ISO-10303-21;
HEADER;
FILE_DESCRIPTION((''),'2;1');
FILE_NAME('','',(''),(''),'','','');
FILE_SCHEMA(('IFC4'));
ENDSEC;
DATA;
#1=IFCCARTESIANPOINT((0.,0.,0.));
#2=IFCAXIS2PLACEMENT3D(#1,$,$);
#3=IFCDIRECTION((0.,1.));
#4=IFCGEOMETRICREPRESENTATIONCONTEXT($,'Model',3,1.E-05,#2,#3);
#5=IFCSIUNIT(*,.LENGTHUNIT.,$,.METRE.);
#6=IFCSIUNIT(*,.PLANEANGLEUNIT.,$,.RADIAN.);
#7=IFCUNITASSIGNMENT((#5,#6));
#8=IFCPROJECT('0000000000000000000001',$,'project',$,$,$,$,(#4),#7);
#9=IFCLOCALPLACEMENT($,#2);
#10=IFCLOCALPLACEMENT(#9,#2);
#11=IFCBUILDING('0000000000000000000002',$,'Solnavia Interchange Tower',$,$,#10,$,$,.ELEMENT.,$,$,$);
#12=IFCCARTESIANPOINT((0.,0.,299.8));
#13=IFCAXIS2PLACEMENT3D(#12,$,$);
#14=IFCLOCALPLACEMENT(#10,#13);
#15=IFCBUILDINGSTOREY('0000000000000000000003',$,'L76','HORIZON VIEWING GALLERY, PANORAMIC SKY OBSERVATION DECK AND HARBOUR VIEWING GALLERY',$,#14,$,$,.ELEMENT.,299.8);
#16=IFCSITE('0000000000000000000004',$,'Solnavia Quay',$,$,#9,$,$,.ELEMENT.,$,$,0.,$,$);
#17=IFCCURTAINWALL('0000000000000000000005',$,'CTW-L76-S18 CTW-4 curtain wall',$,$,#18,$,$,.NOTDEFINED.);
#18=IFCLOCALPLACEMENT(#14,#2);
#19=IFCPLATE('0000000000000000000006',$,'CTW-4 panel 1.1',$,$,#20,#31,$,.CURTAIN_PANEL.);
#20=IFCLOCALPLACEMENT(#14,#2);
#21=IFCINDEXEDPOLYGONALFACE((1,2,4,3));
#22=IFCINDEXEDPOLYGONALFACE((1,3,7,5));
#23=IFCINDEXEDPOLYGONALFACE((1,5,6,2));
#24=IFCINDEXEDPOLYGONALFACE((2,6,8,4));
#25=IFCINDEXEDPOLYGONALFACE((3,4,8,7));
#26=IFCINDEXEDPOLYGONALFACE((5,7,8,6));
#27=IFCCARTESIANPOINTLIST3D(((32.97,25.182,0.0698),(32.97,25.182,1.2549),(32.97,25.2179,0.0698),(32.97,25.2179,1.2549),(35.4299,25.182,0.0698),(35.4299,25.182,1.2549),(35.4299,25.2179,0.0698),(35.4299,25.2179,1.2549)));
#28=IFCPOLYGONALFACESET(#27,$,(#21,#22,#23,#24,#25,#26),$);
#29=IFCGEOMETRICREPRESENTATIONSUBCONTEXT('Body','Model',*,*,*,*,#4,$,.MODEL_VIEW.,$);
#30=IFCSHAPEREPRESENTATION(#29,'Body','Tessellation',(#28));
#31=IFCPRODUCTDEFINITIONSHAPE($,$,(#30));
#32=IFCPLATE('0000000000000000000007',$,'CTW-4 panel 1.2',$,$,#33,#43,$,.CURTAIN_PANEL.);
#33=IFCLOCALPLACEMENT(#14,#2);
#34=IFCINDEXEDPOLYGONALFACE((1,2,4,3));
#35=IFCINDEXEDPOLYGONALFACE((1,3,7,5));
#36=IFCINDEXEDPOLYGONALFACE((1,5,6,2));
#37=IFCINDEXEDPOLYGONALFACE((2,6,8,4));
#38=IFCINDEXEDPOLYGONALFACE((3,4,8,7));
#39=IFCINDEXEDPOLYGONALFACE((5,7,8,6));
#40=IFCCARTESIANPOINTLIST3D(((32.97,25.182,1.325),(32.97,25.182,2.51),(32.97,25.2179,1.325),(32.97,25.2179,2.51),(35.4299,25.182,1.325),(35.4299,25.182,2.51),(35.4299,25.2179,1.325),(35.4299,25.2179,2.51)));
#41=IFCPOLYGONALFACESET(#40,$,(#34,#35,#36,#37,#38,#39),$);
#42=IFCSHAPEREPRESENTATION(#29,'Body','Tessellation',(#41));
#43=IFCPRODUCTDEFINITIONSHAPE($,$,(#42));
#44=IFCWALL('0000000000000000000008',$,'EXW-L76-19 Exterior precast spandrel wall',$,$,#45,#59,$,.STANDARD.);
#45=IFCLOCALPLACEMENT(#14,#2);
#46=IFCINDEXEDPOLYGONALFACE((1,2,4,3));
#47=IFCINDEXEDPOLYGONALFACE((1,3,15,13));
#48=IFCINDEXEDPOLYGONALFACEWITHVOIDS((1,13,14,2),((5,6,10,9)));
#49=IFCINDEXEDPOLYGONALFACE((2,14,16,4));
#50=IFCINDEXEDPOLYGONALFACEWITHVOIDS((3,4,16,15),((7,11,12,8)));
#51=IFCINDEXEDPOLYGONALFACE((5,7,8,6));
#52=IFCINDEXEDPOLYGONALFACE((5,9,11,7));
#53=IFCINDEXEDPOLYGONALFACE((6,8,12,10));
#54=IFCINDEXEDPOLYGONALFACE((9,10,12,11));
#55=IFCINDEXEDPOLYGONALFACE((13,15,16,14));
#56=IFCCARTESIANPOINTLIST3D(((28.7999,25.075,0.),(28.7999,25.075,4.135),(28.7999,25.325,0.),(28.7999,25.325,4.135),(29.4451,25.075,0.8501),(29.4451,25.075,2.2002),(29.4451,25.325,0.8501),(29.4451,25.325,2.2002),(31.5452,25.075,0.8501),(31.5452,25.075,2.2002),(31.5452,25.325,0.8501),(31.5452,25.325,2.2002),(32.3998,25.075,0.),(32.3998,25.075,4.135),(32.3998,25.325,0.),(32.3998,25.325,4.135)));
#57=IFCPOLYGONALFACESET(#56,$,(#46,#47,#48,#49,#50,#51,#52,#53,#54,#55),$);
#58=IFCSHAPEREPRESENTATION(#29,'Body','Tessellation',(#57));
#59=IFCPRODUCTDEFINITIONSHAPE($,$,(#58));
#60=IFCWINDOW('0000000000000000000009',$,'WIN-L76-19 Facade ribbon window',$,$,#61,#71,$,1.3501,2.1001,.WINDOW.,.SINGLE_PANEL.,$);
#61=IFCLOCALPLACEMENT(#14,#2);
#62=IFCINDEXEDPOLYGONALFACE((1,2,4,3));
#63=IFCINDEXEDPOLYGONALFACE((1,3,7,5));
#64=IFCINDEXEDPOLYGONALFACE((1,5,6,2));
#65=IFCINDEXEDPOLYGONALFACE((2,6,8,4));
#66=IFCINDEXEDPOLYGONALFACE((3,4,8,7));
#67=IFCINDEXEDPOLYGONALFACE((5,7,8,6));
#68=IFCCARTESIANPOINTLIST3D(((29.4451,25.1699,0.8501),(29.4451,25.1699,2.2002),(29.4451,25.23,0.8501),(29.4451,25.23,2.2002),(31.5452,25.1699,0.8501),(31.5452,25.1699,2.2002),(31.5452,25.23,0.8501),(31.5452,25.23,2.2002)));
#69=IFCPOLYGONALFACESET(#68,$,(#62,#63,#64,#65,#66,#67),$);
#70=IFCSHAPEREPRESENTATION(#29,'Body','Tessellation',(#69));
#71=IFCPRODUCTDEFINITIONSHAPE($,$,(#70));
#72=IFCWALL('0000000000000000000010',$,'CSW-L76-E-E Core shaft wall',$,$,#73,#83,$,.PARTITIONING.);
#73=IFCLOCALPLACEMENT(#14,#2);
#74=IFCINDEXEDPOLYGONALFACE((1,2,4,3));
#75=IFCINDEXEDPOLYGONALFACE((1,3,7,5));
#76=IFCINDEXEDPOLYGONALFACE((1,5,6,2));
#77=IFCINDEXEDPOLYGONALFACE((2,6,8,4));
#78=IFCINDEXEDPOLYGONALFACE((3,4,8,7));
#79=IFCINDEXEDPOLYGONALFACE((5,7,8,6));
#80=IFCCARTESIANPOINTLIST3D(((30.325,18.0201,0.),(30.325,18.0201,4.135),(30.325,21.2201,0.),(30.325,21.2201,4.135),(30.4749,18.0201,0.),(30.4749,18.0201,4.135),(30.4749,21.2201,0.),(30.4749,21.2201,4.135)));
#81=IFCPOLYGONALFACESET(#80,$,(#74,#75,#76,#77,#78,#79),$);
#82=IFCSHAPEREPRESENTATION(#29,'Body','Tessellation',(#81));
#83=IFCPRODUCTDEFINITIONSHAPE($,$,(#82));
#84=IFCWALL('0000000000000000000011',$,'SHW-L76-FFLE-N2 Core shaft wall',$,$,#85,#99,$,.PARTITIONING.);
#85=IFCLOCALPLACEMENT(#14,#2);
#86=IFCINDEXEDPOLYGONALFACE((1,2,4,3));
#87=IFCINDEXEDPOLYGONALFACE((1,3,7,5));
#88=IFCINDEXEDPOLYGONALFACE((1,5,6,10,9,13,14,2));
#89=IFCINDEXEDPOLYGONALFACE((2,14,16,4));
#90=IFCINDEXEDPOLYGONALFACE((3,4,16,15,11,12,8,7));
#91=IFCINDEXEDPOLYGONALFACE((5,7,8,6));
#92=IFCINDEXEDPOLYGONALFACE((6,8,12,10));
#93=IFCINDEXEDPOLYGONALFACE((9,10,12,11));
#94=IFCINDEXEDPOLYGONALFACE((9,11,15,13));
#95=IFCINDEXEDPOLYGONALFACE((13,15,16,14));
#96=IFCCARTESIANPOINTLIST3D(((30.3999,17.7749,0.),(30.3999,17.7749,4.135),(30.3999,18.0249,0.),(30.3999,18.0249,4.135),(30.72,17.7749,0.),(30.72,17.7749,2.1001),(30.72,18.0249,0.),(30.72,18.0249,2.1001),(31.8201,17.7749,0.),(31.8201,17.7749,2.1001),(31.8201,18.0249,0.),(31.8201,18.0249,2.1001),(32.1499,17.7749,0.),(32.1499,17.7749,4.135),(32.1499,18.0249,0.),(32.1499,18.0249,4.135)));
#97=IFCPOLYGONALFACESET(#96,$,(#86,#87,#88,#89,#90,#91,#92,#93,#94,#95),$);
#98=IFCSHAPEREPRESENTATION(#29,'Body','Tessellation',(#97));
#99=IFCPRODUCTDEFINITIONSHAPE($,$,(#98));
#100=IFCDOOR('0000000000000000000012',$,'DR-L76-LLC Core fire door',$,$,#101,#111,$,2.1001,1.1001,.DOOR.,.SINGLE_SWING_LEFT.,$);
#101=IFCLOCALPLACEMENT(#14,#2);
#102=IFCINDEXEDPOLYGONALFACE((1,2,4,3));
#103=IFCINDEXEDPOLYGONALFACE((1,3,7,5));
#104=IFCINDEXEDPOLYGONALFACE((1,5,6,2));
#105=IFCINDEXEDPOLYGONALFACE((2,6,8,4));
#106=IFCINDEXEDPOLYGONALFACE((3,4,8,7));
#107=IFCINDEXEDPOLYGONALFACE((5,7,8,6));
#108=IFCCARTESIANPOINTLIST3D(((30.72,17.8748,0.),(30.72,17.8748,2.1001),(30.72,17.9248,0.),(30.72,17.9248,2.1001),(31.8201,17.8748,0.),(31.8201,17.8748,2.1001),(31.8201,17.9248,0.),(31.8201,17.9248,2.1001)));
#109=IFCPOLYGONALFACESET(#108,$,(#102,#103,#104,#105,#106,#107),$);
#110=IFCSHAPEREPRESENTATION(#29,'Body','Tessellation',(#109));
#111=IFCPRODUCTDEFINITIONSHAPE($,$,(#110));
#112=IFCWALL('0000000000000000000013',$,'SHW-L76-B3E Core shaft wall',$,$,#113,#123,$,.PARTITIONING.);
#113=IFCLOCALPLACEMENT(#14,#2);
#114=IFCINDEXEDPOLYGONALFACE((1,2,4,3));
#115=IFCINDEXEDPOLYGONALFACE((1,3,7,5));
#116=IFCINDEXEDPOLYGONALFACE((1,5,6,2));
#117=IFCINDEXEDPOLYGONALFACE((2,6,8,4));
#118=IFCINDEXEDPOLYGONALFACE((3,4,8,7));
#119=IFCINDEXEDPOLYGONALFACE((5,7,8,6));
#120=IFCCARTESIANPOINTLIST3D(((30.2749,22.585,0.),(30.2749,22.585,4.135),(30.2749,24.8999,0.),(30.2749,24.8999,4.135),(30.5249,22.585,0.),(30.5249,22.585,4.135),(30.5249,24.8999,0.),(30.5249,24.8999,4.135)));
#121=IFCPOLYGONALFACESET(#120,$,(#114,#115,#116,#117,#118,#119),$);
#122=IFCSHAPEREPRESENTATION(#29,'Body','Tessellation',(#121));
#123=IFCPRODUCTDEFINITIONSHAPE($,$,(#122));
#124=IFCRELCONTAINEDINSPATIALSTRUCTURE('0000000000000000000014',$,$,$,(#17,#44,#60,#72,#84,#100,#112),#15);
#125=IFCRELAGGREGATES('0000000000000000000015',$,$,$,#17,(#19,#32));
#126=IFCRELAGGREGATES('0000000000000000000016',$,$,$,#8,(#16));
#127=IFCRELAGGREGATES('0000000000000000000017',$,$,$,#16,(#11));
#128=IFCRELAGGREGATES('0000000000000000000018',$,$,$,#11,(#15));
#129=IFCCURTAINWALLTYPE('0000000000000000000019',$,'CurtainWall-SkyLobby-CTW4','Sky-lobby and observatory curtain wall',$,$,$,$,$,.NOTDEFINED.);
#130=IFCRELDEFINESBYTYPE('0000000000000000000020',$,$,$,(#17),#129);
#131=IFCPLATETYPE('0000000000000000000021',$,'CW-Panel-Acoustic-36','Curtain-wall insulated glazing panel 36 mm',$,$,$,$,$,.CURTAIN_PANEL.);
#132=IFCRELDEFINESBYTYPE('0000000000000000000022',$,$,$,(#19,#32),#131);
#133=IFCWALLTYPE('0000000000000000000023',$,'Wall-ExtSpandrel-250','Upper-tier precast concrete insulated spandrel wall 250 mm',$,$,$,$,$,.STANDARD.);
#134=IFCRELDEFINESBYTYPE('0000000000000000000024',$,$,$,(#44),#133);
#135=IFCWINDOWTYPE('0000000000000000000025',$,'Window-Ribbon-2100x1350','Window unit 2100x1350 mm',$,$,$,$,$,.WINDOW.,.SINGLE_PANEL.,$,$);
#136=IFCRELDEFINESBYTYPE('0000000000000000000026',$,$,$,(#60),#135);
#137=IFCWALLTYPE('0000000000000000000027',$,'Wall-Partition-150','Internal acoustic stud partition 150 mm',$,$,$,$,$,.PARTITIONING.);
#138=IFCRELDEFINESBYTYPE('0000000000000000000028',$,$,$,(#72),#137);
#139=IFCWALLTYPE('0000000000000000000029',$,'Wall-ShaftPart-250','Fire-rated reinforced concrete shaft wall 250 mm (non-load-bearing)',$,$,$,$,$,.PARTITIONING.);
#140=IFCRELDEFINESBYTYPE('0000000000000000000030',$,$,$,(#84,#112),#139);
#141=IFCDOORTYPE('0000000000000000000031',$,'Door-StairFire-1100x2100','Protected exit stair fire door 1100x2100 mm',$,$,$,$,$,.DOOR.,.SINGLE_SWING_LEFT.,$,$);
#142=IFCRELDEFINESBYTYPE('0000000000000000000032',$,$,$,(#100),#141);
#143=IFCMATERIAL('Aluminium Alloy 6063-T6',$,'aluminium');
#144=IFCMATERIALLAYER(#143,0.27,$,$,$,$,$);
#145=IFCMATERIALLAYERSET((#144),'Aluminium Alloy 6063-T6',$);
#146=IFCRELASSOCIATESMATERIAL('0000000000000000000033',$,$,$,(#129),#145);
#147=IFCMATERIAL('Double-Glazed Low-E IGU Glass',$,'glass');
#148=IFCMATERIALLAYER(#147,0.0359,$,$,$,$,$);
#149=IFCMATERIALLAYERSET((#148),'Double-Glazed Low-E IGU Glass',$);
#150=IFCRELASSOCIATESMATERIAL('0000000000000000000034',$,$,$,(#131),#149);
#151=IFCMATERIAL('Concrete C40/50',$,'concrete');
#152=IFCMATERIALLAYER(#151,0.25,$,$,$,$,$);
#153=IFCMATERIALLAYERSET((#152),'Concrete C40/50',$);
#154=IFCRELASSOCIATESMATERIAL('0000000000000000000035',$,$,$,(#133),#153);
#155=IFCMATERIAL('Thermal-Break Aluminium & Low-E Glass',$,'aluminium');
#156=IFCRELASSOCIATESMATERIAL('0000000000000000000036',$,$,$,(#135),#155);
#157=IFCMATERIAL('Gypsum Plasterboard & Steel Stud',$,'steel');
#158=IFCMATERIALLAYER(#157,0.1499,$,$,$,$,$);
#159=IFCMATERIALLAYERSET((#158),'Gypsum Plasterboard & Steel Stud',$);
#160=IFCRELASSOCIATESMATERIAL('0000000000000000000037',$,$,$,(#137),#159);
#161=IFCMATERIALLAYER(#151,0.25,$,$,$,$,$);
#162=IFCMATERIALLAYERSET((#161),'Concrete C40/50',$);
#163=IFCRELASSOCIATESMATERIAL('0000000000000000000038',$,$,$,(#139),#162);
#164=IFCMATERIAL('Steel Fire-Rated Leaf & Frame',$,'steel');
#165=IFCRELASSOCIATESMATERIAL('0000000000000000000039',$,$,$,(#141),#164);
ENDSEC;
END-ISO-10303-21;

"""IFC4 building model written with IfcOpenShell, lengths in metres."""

from ifc_helpers import new_model, si_unit, direction, frame, frame_2d, origin, origin_2d, place, context, subcontext, project, spatial, rectangle, extrude, material, layer, layer_set, type_object, element, fill, aggregate, save


model = new_model("IFC4")

# Units and contexts
model_context = context("Model", 3, precision=1e-05, world=origin(), true_north=direction((0.0, 1.0)))
body_context = subcontext(model_context, "Body", "Model", "MODEL_VIEW")
ifc_project = project(units=[si_unit("LENGTHUNIT", "METRE"), si_unit("PLANEANGLEUNIT", "RADIAN")], contexts=[model_context])

# Site, building, storey
site_placement = place(None, origin())
site = spatial("IfcSite", under=ifc_project, at=site_placement, Name="Solnavia Quay", CompositionType="ELEMENT", RefElevation=0.0)
building_placement = place(site_placement, origin())
building = spatial("IfcBuilding", under=site, at=building_placement, Name="Solnavia Interchange Tower", CompositionType="ELEMENT")
storey_placement = place(building_placement, frame((0.0, 0.0, 299.8)))
storey = spatial("IfcBuildingStorey", under=building, at=storey_placement, Name="L76", Description="HORIZON VIEWING GALLERY, PANORAMIC SKY OBSERVATION DECK AND HARBOUR VIEWING GALLERY", CompositionType="ELEMENT", Elevation=299.8)

# Curtain wall
ifc_material_1 = material(Name="Aluminium Alloy 6063-T6", Category="aluminium")
ifc_layer_1 = layer(ifc_material_1, 0.27)
ifc_layer_set_1 = layer_set([ifc_layer_1], Name="Aluminium Alloy 6063-T6")
curtain_wall_type = type_object("IfcCurtainWallType", Name="CurtainWall-SkyLobby-CTW4", Description="Sky-lobby and observatory curtain wall", PredefinedType="NOTDEFINED", material=ifc_layer_set_1)
curtain_wall_1_placement = place(storey_placement, origin())
curtain_wall_1 = element("IfcCurtainWall", 1, at=curtain_wall_1_placement, inside=storey, type_object=curtain_wall_type, Name="CTW-L76-S18 CTW-4 curtain wall", PredefinedType="NOTDEFINED")

# Plates
ifc_material_2 = material(Name="Double-Glazed Low-E IGU Glass", Category="glass")
ifc_layer_2 = layer(ifc_material_2, 0.0359)
ifc_layer_set_2 = layer_set([ifc_layer_2], Name="Double-Glazed Low-E IGU Glass")
plate_type = type_object("IfcPlateType", Name="CW-Panel-Acoustic-36", Description="Curtain-wall insulated glazing panel 36 mm", PredefinedType="CURTAIN_PANEL", material=ifc_layer_set_2)
plate_1_placement = place(storey_placement, frame((34.2, 25.2, 0.0698), z_axis=(0.0, 0.0, 1.0), x_axis=(-1.0, 0.0, 0.0)))
plate_1 = element("IfcPlate", 2, at=plate_1_placement, type_object=plate_type, Name="CTW-4 panel 1.1", PredefinedType="CURTAIN_PANEL", context=body_context, shape_type="SweptSolid", body=[
    extrude(rectangle(XDim=2.46, YDim=0.0359, at=origin_2d()), origin(), (0.0, 0.0, 1.0), 1.1851),
])
plate_2_placement = place(storey_placement, frame((34.2, 25.2, 1.325), z_axis=(0.0, 0.0, 1.0), x_axis=(-1.0, 0.0, 0.0)))
plate_2 = element("IfcPlate", 3, at=plate_2_placement, type_object=plate_type, Name="CTW-4 panel 1.2", PredefinedType="CURTAIN_PANEL", context=body_context, shape_type="SweptSolid", body=[
    extrude(rectangle(XDim=2.46, YDim=0.0359, at=origin_2d()), origin(), (0.0, 0.0, 1.0), 1.1851),
])
aggregate(curtain_wall_1, [plate_1, plate_2])

# Wall, opening, window
ifc_material_3 = material(Name="Concrete C40/50", Category="concrete")
ifc_layer_3 = layer(ifc_material_3, 0.25)
ifc_layer_set_3 = layer_set([ifc_layer_3], Name="Concrete C40/50")
wall_type_1 = type_object("IfcWallType", Name="Wall-ExtSpandrel-250", Description="Upper-tier precast concrete insulated spandrel wall 250 mm", PredefinedType="STANDARD", material=ifc_layer_set_3)
wall_1_placement = place(storey_placement, frame((28.8, 25.2, 0.0), z_axis=(0.0, 0.0, 1.0), x_axis=(1.0, 0.0, 0.0)))
wall_1 = element("IfcWall", 4, at=wall_1_placement, inside=storey, type_object=wall_type_1, Name="EXW-L76-19 Exterior precast spandrel wall", PredefinedType="STANDARD", context=body_context, shape_type="SweptSolid", body=[
    extrude(rectangle(XDim=3.5999, YDim=0.25, at=frame_2d((1.7998, 0.0))), origin(), (0.0, 0.0, 1.0), 4.135),
])
opening_1_placement = place(wall_1_placement, frame((0.645, 0.0, 0.8501)))
opening_1 = element("IfcOpeningElement", 5, at=opening_1_placement, cuts=wall_1, PredefinedType="OPENING", context=body_context, shape_type="SweptSolid", body=[
    extrude(rectangle(XDim=2.1001, YDim=1.3501, at=frame_2d((1.05, 0.675))), frame((0.0, 0.135, 0.0), z_axis=(0.0, -1.0, 0.0), x_axis=(1.0, 0.0, 0.0)), (0.0, 0.0, 1.0), 0.27),
])
ifc_material_4 = material(Name="Thermal-Break Aluminium & Low-E Glass", Category="aluminium")
window_type = type_object("IfcWindowType", Name="Window-Ribbon-2100x1350", Description="Window unit 2100x1350 mm", PartitioningType="SINGLE_PANEL", PredefinedType="WINDOW", material=ifc_material_4)
window_placement = place(opening_1_placement, origin())
window = element("IfcWindow", 6, at=window_placement, inside=storey, type_object=window_type, Name="WIN-L76-19 Facade ribbon window", OverallHeight=1.3501, OverallWidth=2.1001, PartitioningType="SINGLE_PANEL", PredefinedType="WINDOW", context=body_context, shape_type="SweptSolid", body=[
    extrude(rectangle(XDim=2.1001, YDim=1.3501, at=frame_2d((1.05, 0.675))), frame((0.0, 0.03, 0.0), z_axis=(0.0, -1.0, 0.0), x_axis=(1.0, 0.0, 0.0)), (0.0, 0.0, 1.0), 0.0601),
])
fill(opening_1, window)

# Wall
ifc_material_5 = material(Name="Gypsum Plasterboard & Steel Stud", Category="steel")
ifc_layer_4 = layer(ifc_material_5, 0.1499)
ifc_layer_set_4 = layer_set([ifc_layer_4], Name="Gypsum Plasterboard & Steel Stud")
wall_type_2 = type_object("IfcWallType", Name="Wall-Partition-150", Description="Internal acoustic stud partition 150 mm", PredefinedType="PARTITIONING", material=ifc_layer_set_4)
wall_2_placement = place(storey_placement, frame((30.3999, 18.02, 0.0), z_axis=(0.0, 0.0, 1.0), x_axis=(0.0, 1.0, 0.0)))
element("IfcWall", 7, at=wall_2_placement, inside=storey, type_object=wall_type_2, Name="CSW-L76-E-E Core shaft wall", PredefinedType="PARTITIONING", context=body_context, shape_type="SweptSolid", body=[
    extrude(rectangle(XDim=3.2, YDim=0.1499, at=frame_2d((1.6001, 0.0))), origin(), (0.0, 0.0, 1.0), 4.135),
])

# Wall, opening, door
ifc_layer_5 = layer(ifc_material_3, 0.25)
ifc_layer_set_5 = layer_set([ifc_layer_5], Name="Concrete C40/50")
wall_type_3 = type_object("IfcWallType", Name="Wall-ShaftPart-250", Description="Fire-rated reinforced concrete shaft wall 250 mm (non-load-bearing)", PredefinedType="PARTITIONING", material=ifc_layer_set_5)
wall_3_placement = place(storey_placement, frame((30.3999, 17.8999, 0.0), z_axis=(0.0, 0.0, 1.0), x_axis=(1.0, 0.0, 0.0)))
wall_3 = element("IfcWall", 8, at=wall_3_placement, inside=storey, type_object=wall_type_3, Name="SHW-L76-FFLE-N2 Core shaft wall", PredefinedType="PARTITIONING", context=body_context, shape_type="SweptSolid", body=[
    extrude(rectangle(XDim=1.75, YDim=0.25, at=frame_2d((0.875, 0.0))), origin(), (0.0, 0.0, 1.0), 4.135),
])
opening_2_placement = place(wall_3_placement, frame((0.3201, 0.0, 0.0)))
opening_2 = element("IfcOpeningElement", 9, at=opening_2_placement, cuts=wall_3, PredefinedType="OPENING", context=body_context, shape_type="SweptSolid", body=[
    extrude(rectangle(XDim=1.1001, YDim=2.1001, at=frame_2d((0.55, 1.05))), frame((0.0, 0.135, 0.0), z_axis=(0.0, -1.0, 0.0), x_axis=(1.0, 0.0, 0.0)), (0.0, 0.0, 1.0), 0.27),
])
ifc_material_6 = material(Name="Steel Fire-Rated Leaf & Frame", Category="steel")
door_type = type_object("IfcDoorType", Name="Door-StairFire-1100x2100", Description="Protected exit stair fire door 1100x2100 mm", OperationType="SINGLE_SWING_LEFT", PredefinedType="DOOR", material=ifc_material_6)
door_placement = place(opening_2_placement, origin())
door = element("IfcDoor", 10, at=door_placement, inside=storey, type_object=door_type, Name="DR-L76-LLC Core fire door", OperationType="SINGLE_SWING_LEFT", OverallHeight=2.1001, OverallWidth=1.1001, PredefinedType="DOOR", context=body_context, shape_type="SweptSolid", body=[
    extrude(rectangle(XDim=1.1001, YDim=2.1001, at=frame_2d((0.55, 1.05))), frame((0.0, 0.0249, 0.0), z_axis=(0.0, -1.0, 0.0), x_axis=(1.0, 0.0, 0.0)), (0.0, 0.0, 1.0), 0.05),
])
fill(opening_2, door)

# Wall
wall_4_placement = place(storey_placement, frame((30.3999, 22.585, 0.0), z_axis=(0.0, 0.0, 1.0), x_axis=(0.0, 1.0, 0.0)))
element("IfcWall", 11, at=wall_4_placement, inside=storey, type_object=wall_type_3, Name="SHW-L76-B3E Core shaft wall", PredefinedType="PARTITIONING", context=body_context, shape_type="SweptSolid", body=[
    extrude(rectangle(XDim=2.3149, YDim=0.25, at=frame_2d((1.1575, 0.0))), origin(), (0.0, 0.0, 1.0), 4.135),
])

save(model, "model.ifc")
